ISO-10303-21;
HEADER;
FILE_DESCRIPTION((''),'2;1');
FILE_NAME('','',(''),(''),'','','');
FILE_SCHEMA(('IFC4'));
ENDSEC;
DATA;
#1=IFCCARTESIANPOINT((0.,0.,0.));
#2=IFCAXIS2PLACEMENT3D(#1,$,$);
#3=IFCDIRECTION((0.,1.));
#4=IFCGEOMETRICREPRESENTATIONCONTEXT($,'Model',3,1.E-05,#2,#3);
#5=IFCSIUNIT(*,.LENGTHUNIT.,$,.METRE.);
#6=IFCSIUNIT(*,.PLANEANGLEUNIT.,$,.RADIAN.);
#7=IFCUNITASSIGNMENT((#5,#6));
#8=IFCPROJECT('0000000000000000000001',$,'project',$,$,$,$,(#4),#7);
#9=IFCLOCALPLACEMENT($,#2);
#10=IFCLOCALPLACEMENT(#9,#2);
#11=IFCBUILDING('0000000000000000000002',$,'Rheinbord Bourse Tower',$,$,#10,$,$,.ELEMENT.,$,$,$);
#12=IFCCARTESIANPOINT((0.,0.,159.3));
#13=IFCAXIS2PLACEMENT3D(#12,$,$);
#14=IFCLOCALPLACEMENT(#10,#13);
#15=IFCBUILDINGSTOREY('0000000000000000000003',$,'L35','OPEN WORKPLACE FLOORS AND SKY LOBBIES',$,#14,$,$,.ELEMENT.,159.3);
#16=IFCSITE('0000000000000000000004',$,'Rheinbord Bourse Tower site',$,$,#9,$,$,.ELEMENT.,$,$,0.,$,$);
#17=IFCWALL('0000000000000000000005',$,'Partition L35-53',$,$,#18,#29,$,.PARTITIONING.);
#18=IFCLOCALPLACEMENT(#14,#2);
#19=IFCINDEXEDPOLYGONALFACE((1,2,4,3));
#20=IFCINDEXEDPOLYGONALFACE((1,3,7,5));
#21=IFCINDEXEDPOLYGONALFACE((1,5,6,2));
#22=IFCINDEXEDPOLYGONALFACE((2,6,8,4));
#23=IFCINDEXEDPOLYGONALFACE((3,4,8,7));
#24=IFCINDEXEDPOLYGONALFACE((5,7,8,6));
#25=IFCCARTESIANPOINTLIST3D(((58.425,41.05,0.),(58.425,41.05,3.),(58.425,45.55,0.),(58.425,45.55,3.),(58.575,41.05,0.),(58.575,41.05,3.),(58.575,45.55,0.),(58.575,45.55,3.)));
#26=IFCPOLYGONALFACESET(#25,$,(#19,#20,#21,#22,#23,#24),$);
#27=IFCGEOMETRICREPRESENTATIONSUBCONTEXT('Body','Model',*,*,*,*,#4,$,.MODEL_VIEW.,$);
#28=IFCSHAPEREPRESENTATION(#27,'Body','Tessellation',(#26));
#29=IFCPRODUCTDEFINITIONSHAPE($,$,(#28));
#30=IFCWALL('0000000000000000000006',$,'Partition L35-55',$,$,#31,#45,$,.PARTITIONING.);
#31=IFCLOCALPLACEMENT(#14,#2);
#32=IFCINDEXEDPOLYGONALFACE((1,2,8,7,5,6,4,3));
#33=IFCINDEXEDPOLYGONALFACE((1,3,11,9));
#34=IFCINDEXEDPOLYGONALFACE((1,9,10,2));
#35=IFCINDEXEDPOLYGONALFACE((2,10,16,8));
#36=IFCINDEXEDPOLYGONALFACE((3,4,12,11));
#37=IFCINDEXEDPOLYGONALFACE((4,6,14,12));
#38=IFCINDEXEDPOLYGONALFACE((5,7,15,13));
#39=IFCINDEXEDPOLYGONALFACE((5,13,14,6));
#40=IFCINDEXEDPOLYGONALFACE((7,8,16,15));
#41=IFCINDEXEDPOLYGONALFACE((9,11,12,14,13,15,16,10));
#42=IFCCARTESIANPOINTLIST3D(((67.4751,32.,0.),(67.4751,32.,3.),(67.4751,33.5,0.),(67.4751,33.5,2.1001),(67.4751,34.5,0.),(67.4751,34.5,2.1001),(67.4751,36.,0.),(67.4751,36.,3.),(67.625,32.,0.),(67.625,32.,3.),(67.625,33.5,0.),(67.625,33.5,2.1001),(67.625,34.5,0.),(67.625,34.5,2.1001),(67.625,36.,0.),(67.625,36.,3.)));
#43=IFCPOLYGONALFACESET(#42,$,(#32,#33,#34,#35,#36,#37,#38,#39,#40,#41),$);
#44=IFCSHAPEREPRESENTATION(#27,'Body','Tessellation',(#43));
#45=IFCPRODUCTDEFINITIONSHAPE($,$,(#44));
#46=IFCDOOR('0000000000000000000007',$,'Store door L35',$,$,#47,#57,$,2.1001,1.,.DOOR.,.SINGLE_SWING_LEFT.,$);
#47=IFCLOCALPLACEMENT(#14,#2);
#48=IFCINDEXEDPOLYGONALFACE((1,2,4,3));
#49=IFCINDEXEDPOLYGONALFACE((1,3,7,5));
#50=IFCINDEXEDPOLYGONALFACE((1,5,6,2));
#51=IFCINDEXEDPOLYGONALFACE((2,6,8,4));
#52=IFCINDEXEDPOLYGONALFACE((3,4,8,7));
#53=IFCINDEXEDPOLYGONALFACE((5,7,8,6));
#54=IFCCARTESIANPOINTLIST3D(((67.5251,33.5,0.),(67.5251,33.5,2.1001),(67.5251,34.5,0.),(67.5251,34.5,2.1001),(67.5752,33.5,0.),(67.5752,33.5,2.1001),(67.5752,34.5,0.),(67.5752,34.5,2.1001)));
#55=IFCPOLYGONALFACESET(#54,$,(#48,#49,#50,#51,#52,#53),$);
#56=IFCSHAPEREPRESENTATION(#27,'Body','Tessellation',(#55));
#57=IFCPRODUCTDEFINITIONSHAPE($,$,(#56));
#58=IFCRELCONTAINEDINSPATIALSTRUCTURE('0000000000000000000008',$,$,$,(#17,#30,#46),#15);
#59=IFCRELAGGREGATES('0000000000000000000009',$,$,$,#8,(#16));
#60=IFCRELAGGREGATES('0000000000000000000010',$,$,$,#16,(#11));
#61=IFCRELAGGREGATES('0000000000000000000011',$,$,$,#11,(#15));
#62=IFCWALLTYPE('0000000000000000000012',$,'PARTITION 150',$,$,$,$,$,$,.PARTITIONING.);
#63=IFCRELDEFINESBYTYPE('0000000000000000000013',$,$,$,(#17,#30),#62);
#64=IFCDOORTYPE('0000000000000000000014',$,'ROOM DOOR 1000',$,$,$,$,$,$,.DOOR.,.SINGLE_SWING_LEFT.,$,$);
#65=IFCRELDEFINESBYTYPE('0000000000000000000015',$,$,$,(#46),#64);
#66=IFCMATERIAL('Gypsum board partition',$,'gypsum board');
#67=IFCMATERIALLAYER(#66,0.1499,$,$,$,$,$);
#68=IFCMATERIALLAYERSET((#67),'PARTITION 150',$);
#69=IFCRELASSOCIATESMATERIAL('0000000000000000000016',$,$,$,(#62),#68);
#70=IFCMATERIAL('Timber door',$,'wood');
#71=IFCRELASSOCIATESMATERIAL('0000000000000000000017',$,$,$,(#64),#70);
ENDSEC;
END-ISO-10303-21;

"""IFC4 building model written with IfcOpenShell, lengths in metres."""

from ifc_helpers import new_model, si_unit, direction, frame, frame_2d, origin, place, context, subcontext, project, spatial, rectangle, extrude, material, layer, layer_set, type_object, element, fill, save


model = new_model("IFC4")

# Units and contexts
model_context = context("Model", 3, precision=1e-05, world=origin(), true_north=direction((0.0, 1.0)))
body_context = subcontext(model_context, "Body", "Model", "MODEL_VIEW")
ifc_project = project(units=[si_unit("LENGTHUNIT", "METRE"), si_unit("PLANEANGLEUNIT", "RADIAN")], contexts=[model_context])

# Site, building, storey
site_placement = place(None, origin())
site = spatial("IfcSite", under=ifc_project, at=site_placement, Name="Rheinbord Bourse Tower site", CompositionType="ELEMENT", RefElevation=0.0)
building_placement = place(site_placement, origin())
building = spatial("IfcBuilding", under=site, at=building_placement, Name="Rheinbord Bourse Tower", CompositionType="ELEMENT")
storey_placement = place(building_placement, frame((0.0, 0.0, 159.3)))
storey = spatial("IfcBuildingStorey", under=building, at=storey_placement, Name="L35", Description="OPEN WORKPLACE FLOORS AND SKY LOBBIES", CompositionType="ELEMENT", Elevation=159.3)

# Wall
ifc_material_1 = material(Name="Gypsum board partition", Category="gypsum board")
ifc_layer_1 = layer(ifc_material_1, 0.1499)
ifc_layer_set_1 = layer_set([ifc_layer_1], Name="PARTITION 150")
wall_type_1 = type_object("IfcWallType", Name="PARTITION 150", PredefinedType="PARTITIONING", material=ifc_layer_set_1)
wall_1_placement = place(storey_placement, frame((58.5, 41.05, 0.0), z_axis=(0.0, 0.0, 1.0), x_axis=(0.0, 1.0, 0.0)))
element("IfcWall", 1, at=wall_1_placement, inside=storey, type_object=wall_type_1, Name="Partition L35-53", PredefinedType="PARTITIONING", context=body_context, shape_type="SweptSolid", body=[
    extrude(rectangle(XDim=4.5, YDim=0.1499, at=frame_2d((2.25, 0.0))), origin(), (0.0, 0.0, 1.0), 3.0),
])

# Wall, opening, door
wall_2_placement = place(storey_placement, frame((67.55, 32.0, 0.0), z_axis=(0.0, 0.0, 1.0), x_axis=(0.0, 1.0, 0.0)))
wall_2 = element("IfcWall", 2, at=wall_2_placement, inside=storey, type_object=wall_type_1, Name="Partition L35-55", PredefinedType="PARTITIONING", context=body_context, shape_type="SweptSolid", body=[
    extrude(rectangle(XDim=4.0, YDim=0.1499, at=frame_2d((2.0, 0.0))), origin(), (0.0, 0.0, 1.0), 3.0),
])
opening_placement = place(wall_2_placement, frame((1.5, 0.0, 0.0)))
opening = element("IfcOpeningElement", 3, at=opening_placement, cuts=wall_2, PredefinedType="OPENING", context=body_context, shape_type="SweptSolid", body=[
    extrude(rectangle(XDim=1.0, YDim=2.1001, at=frame_2d((0.5, 1.05))), frame((0.0, 0.085, 0.0), z_axis=(0.0, -1.0, 0.0), x_axis=(1.0, 0.0, 0.0)), (0.0, 0.0, 1.0), 0.1699),
])
ifc_material_2 = material(Name="Timber door", Category="wood")
door_type = type_object("IfcDoorType", Name="ROOM DOOR 1000", OperationType="SINGLE_SWING_LEFT", PredefinedType="DOOR", material=ifc_material_2)
door_placement = place(opening_placement, origin())
door = element("IfcDoor", 4, at=door_placement, inside=storey, type_object=door_type, Name="Store door L35", OperationType="SINGLE_SWING_LEFT", OverallHeight=2.1001, OverallWidth=1.0, PredefinedType="DOOR", context=body_context, shape_type="SweptSolid", body=[
    extrude(rectangle(XDim=1.0, YDim=2.1001, at=frame_2d((0.5, 1.05))), frame((0.0, 0.0249, 0.0), z_axis=(0.0, -1.0, 0.0), x_axis=(1.0, 0.0, 0.0)), (0.0, 0.0, 1.0), 0.05),
])
fill(opening, door)

save(model, "model.ifc")
